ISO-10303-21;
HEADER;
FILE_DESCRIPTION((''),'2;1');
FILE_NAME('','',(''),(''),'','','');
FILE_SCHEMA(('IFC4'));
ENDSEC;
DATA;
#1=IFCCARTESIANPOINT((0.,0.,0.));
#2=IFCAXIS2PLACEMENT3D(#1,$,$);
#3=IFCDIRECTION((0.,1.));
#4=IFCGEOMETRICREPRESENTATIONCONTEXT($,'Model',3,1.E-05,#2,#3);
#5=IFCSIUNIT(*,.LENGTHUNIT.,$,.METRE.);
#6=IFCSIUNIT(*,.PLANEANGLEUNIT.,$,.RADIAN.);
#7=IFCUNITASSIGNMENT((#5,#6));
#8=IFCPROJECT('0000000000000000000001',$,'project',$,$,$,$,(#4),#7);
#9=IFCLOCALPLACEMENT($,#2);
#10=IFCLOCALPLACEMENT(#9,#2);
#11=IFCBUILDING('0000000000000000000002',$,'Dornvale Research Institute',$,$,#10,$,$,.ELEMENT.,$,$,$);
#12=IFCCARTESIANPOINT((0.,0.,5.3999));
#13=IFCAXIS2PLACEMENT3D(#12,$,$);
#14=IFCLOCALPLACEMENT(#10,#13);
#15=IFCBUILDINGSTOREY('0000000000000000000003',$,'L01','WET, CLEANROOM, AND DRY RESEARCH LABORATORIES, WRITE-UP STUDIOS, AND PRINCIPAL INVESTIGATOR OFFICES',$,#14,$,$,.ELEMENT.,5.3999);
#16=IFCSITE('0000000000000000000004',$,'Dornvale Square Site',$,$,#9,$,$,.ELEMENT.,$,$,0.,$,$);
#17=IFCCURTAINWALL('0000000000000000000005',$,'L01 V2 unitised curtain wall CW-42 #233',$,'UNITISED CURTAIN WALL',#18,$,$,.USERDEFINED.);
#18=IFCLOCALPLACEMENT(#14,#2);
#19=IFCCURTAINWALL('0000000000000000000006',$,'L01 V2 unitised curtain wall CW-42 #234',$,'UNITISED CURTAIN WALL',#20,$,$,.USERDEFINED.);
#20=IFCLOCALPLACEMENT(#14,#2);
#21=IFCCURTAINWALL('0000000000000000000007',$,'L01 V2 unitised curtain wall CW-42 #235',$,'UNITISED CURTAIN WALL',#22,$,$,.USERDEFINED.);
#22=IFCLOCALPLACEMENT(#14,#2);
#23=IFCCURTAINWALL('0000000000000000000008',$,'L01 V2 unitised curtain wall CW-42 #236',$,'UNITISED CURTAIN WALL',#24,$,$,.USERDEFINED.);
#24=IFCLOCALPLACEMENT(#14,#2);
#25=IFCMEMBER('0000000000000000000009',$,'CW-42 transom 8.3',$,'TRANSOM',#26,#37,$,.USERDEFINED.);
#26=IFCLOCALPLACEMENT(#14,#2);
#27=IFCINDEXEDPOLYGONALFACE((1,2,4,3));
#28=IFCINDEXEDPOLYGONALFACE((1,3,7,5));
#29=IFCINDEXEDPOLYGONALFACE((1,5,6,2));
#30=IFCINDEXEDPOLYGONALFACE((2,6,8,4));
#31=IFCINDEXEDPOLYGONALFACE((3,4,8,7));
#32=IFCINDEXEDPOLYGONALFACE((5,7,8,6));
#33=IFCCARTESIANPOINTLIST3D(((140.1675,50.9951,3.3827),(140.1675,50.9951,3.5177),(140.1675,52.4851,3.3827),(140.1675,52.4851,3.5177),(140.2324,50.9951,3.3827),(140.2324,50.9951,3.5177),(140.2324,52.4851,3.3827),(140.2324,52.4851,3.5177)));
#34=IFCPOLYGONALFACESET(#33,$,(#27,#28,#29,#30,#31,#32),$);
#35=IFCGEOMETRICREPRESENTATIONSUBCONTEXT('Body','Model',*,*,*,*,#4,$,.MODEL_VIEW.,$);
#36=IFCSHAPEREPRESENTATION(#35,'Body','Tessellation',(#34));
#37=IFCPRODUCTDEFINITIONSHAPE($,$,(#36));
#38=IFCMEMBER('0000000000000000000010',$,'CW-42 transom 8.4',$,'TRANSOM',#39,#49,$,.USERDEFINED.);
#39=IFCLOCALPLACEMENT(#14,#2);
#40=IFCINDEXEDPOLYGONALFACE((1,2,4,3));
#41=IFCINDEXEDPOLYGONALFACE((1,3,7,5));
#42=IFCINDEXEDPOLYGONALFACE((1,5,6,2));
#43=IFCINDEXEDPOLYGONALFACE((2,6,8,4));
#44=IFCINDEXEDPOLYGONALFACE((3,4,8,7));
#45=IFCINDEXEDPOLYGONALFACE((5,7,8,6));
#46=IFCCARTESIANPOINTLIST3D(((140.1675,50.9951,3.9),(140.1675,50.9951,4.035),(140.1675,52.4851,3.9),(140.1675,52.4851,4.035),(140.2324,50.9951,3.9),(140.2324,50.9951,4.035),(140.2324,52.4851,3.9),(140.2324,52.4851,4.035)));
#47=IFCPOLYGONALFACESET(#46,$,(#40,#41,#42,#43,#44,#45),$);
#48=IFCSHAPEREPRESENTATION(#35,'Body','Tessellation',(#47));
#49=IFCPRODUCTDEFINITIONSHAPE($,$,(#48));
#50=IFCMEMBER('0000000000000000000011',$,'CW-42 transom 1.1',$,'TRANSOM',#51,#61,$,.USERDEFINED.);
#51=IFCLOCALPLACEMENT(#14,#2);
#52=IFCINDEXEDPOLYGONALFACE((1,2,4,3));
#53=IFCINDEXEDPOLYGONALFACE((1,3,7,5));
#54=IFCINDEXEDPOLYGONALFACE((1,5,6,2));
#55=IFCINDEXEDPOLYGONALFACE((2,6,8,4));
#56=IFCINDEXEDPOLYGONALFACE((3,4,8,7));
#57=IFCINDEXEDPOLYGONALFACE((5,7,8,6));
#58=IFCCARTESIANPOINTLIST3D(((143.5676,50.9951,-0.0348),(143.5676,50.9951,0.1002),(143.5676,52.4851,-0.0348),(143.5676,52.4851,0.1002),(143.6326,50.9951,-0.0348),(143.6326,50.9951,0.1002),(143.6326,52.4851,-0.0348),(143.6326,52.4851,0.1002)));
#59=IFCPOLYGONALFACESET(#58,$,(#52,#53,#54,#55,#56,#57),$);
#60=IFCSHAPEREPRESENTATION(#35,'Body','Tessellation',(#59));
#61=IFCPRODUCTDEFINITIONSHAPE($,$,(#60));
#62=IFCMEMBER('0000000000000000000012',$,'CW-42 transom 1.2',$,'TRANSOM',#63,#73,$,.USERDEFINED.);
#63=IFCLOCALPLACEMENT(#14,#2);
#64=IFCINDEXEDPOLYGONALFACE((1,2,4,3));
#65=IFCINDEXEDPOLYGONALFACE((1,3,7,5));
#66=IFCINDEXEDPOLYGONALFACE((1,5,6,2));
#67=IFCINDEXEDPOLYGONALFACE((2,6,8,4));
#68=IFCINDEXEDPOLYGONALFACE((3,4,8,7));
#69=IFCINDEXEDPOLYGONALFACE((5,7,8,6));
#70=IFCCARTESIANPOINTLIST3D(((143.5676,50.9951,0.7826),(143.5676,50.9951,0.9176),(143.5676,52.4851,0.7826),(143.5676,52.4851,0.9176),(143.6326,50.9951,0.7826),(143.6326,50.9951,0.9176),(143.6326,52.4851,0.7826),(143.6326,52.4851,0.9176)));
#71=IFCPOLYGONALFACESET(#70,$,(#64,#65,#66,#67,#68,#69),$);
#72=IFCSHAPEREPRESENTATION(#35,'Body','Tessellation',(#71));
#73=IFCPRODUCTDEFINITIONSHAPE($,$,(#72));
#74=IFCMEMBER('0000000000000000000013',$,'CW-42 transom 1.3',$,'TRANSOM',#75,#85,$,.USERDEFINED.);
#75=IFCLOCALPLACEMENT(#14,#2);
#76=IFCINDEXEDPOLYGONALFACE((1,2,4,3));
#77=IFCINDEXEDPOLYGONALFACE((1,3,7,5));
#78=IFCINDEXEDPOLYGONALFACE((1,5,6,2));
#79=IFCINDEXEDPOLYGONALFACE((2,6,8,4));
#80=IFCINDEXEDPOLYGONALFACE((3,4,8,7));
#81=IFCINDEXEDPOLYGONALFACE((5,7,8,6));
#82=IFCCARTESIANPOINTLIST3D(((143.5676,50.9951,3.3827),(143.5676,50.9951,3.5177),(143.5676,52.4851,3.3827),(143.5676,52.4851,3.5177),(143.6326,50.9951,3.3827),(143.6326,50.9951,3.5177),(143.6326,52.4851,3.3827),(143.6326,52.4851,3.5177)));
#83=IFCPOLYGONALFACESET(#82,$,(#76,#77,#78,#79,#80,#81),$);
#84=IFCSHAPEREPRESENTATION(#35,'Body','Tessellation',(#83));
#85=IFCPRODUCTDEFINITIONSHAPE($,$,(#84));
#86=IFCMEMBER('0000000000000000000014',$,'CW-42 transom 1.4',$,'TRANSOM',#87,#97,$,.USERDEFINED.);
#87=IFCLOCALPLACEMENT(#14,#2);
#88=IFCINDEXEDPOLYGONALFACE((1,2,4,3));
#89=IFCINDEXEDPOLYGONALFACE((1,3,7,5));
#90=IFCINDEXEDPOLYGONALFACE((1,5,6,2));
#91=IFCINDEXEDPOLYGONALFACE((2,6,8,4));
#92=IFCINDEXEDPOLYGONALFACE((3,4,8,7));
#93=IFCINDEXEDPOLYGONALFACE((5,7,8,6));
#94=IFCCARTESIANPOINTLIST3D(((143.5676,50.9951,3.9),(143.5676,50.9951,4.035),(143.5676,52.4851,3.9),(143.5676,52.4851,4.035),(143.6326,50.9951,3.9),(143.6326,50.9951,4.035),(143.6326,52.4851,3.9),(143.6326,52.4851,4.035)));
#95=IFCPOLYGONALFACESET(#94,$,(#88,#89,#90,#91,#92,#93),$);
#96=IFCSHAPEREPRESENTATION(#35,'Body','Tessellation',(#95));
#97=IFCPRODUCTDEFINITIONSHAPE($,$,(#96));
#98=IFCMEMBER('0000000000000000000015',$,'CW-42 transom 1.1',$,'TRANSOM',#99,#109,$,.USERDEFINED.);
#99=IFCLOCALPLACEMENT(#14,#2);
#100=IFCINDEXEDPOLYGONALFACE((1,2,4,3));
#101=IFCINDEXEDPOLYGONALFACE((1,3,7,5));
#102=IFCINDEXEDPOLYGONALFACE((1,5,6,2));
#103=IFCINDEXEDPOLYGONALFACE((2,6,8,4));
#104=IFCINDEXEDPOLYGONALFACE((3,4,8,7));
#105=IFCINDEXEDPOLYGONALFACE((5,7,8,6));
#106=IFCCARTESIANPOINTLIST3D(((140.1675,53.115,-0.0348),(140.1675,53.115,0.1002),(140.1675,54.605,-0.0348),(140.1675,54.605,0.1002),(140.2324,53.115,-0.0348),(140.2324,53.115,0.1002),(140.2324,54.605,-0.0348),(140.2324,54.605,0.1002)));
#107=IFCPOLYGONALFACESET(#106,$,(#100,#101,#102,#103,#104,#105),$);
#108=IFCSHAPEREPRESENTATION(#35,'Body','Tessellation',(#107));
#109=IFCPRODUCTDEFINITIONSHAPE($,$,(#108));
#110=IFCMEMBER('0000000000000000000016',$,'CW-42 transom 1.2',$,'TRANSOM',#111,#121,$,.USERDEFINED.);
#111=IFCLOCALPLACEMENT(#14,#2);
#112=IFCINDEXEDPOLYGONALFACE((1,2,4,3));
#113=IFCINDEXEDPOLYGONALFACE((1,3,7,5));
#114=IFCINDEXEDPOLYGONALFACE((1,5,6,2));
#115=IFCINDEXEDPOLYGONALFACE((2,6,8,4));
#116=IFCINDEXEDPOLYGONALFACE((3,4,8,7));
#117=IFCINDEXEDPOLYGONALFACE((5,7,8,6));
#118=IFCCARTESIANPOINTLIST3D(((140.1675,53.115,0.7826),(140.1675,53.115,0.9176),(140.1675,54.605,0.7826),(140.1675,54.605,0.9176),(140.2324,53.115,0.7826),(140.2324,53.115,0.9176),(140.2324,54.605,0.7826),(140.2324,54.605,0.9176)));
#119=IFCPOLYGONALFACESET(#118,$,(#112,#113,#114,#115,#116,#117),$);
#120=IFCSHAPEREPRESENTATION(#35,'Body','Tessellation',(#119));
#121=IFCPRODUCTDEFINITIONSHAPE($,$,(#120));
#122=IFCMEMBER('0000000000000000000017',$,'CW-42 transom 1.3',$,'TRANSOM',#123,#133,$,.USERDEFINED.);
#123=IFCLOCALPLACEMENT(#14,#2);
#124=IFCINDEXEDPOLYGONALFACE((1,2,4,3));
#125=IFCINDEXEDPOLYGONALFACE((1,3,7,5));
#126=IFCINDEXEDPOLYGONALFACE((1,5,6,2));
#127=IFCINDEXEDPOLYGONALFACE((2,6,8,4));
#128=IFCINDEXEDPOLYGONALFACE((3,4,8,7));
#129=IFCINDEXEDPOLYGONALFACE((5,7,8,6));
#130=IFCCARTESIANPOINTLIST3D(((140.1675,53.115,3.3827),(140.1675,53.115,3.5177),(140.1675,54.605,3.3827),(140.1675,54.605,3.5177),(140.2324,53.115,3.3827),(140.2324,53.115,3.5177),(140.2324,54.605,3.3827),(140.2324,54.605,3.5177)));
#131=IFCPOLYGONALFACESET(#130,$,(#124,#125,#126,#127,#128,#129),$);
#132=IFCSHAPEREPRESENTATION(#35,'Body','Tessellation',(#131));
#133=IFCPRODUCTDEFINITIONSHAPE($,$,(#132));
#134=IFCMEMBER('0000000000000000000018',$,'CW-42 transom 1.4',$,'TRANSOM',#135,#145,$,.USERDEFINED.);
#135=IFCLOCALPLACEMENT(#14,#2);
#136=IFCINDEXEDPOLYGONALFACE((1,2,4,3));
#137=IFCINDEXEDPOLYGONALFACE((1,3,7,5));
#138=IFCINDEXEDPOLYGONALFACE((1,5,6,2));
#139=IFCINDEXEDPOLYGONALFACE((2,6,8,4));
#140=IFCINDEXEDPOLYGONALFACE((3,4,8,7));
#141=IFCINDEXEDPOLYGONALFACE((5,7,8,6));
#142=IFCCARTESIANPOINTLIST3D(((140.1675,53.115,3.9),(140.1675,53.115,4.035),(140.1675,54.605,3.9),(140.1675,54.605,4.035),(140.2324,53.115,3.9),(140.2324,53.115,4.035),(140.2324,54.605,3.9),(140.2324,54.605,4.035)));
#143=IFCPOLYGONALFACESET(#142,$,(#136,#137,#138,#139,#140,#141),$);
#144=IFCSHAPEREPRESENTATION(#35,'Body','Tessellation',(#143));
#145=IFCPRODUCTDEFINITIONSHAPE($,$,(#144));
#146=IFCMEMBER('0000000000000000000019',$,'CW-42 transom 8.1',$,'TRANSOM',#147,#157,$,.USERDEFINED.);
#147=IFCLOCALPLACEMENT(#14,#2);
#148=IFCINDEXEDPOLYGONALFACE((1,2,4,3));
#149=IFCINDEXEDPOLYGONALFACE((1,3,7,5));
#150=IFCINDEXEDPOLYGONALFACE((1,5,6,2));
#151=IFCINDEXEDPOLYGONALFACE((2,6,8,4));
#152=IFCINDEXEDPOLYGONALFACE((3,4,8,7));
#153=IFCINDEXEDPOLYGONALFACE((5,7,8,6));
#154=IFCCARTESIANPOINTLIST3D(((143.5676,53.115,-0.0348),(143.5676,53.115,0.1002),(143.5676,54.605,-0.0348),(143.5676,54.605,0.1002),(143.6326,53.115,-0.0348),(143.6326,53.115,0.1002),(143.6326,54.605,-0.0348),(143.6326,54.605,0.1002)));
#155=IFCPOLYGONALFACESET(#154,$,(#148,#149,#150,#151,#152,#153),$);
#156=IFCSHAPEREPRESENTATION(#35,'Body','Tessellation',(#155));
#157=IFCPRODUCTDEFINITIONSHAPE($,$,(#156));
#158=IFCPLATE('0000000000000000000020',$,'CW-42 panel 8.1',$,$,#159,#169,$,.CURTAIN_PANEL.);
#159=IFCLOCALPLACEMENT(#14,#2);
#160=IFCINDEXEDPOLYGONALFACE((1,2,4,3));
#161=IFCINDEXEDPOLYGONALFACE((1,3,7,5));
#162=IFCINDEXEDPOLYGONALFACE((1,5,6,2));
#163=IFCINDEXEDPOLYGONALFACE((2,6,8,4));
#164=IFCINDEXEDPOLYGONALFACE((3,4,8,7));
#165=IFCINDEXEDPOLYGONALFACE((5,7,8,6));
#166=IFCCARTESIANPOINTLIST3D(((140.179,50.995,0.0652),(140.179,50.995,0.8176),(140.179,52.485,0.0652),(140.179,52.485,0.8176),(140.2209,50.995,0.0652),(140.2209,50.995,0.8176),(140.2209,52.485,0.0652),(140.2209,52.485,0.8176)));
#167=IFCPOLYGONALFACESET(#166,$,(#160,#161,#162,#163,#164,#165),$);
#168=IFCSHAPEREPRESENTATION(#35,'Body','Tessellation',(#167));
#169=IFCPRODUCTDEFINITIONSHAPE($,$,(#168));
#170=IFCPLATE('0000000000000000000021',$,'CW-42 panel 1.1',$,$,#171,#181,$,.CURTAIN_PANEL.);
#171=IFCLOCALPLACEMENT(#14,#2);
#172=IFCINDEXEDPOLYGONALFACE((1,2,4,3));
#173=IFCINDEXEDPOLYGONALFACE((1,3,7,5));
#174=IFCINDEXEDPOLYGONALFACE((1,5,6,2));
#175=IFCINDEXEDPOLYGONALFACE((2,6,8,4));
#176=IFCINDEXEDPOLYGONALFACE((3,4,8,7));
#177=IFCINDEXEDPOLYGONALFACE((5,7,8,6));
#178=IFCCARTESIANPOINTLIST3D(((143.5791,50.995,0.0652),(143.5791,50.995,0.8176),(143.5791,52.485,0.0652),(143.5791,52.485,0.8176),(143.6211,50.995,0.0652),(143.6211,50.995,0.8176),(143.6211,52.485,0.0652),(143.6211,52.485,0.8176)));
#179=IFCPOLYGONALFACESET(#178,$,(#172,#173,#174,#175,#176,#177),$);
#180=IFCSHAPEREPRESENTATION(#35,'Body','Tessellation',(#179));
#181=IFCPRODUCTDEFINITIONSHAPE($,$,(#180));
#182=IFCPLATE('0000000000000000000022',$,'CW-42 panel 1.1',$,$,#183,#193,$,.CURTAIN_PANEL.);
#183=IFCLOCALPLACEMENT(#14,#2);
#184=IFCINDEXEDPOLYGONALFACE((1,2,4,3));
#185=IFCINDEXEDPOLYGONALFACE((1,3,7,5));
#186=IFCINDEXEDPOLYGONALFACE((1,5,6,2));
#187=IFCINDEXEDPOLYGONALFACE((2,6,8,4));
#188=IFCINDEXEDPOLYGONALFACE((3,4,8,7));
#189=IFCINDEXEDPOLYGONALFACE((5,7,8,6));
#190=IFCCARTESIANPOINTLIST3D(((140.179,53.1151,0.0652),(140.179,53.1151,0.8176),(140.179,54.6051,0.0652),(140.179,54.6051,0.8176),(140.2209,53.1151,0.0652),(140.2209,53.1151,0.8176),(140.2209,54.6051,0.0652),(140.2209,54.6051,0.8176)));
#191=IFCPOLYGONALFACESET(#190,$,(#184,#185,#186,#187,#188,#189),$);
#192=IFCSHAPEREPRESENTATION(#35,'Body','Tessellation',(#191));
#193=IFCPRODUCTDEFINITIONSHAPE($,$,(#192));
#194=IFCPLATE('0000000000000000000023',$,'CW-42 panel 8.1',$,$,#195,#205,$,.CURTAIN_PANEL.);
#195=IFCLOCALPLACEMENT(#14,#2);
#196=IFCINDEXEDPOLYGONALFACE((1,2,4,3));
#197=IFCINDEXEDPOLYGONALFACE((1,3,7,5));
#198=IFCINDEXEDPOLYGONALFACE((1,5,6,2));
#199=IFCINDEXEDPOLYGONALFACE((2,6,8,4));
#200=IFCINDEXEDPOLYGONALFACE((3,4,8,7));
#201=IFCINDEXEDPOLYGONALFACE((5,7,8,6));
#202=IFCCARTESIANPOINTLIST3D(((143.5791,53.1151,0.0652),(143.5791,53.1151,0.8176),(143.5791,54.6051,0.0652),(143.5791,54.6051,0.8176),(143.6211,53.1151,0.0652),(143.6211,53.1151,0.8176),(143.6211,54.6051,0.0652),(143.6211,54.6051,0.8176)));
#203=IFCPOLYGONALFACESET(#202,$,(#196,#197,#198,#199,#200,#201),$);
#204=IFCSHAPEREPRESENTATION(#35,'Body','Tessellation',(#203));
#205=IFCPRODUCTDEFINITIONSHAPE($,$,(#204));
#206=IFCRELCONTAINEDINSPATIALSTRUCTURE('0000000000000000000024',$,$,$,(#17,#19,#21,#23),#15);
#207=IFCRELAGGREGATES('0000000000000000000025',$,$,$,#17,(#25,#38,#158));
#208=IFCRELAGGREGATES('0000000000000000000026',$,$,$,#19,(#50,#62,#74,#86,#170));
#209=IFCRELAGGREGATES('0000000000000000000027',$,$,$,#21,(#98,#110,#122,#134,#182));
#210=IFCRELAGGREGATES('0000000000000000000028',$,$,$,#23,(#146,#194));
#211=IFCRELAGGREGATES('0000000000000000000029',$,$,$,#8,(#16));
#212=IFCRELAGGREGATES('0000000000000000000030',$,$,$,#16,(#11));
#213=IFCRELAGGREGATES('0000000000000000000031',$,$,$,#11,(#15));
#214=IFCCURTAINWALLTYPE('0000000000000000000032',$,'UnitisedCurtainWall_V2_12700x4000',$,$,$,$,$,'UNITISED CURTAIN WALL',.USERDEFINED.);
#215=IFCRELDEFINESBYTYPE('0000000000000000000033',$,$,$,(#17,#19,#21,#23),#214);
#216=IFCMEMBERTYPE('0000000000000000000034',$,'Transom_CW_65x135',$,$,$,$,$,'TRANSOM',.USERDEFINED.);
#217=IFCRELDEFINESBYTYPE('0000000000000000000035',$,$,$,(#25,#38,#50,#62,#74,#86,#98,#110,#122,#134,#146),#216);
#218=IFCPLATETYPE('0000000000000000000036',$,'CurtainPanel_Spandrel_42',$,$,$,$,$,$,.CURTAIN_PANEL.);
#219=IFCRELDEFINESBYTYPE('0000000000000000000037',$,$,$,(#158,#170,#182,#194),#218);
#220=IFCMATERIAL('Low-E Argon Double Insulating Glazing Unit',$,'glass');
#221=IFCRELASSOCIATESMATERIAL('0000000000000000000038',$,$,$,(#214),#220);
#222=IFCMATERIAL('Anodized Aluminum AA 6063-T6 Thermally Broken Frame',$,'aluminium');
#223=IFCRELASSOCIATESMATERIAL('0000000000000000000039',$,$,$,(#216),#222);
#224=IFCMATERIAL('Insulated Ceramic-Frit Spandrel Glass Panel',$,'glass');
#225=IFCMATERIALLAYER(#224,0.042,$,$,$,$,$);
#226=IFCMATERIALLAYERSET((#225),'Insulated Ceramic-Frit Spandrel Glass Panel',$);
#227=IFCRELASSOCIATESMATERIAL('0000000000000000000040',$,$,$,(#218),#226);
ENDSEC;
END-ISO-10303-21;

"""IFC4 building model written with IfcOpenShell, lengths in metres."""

from ifc_helpers import new_model, si_unit, direction, frame, origin, origin_2d, place, context, subcontext, project, spatial, rectangle, extrude, material, layer, layer_set, material_profile, profile_set, type_object, element, aggregate, save


model = new_model("IFC4")

# Units and contexts
model_context = context("Model", 3, precision=1e-05, world=origin(), true_north=direction((0.0, 1.0)))
body_context = subcontext(model_context, "Body", "Model", "MODEL_VIEW")
ifc_project = project(units=[si_unit("LENGTHUNIT", "METRE"), si_unit("PLANEANGLEUNIT", "RADIAN")], contexts=[model_context])

# Site, building, storey
site_placement = place(None, origin())
site = spatial("IfcSite", under=ifc_project, at=site_placement, Name="Dornvale Square Site", CompositionType="ELEMENT", RefElevation=0.0)
building_placement = place(site_placement, origin())
building = spatial("IfcBuilding", under=site, at=building_placement, Name="Dornvale Research Institute", CompositionType="ELEMENT")
storey_placement = place(building_placement, frame((0.0, 0.0, 5.3999)))
storey = spatial("IfcBuildingStorey", under=building, at=storey_placement, Name="L01", Description="WET, CLEANROOM, AND DRY RESEARCH LABORATORIES, WRITE-UP STUDIOS, AND PRINCIPAL INVESTIGATOR OFFICES", CompositionType="ELEMENT", Elevation=5.3999)

# Curtain walls
ifc_material_1 = material(Name="Low-E Argon Double Insulating Glazing Unit", Category="glass")
curtain_wall_type = type_object("IfcCurtainWallType", Name="UnitisedCurtainWall_V2_12700x4000", ElementType="UNITISED CURTAIN WALL", PredefinedType="USERDEFINED", material=ifc_material_1)
curtain_wall_1_placement = place(storey_placement, origin())
curtain_wall_1 = element("IfcCurtainWall", 1, at=curtain_wall_1_placement, inside=storey, type_object=curtain_wall_type, Name="L01 V2 unitised curtain wall CW-42 #233", ObjectType="UNITISED CURTAIN WALL", PredefinedType="USERDEFINED")
curtain_wall_2_placement = place(storey_placement, origin())
curtain_wall_2 = element("IfcCurtainWall", 2, at=curtain_wall_2_placement, inside=storey, type_object=curtain_wall_type, Name="L01 V2 unitised curtain wall CW-42 #234", ObjectType="UNITISED CURTAIN WALL", PredefinedType="USERDEFINED")
curtain_wall_3_placement = place(storey_placement, origin())
curtain_wall_3 = element("IfcCurtainWall", 3, at=curtain_wall_3_placement, inside=storey, type_object=curtain_wall_type, Name="L01 V2 unitised curtain wall CW-42 #235", ObjectType="UNITISED CURTAIN WALL", PredefinedType="USERDEFINED")
curtain_wall_4_placement = place(storey_placement, origin())
curtain_wall_4 = element("IfcCurtainWall", 4, at=curtain_wall_4_placement, inside=storey, type_object=curtain_wall_type, Name="L01 V2 unitised curtain wall CW-42 #236", ObjectType="UNITISED CURTAIN WALL", PredefinedType="USERDEFINED")

# Members
ifc_material_2 = material(Name="Anodized Aluminum AA 6063-T6 Thermally Broken Frame", Category="aluminium")
ifc_material_profile_1 = material_profile(ifc_material_2, rectangle(XDim=0.0649, YDim=0.135, at=origin_2d()), Name="ALU TRANSOM 65x135")
ifc_profile_set_1 = profile_set([ifc_material_profile_1], Name="Anodized Aluminum AA 6063-T6 Thermally Broken Frame")
member_type_1 = type_object("IfcMemberType", Name="Transom_CW_65x135", ElementType="TRANSOM", PredefinedType="USERDEFINED", material=ifc_profile_set_1)
member_1_placement = place(storey_placement, frame((140.2, 50.9951, 3.4502), z_axis=(0.0, 1.0, 0.0), x_axis=(-1.0, 0.0, 0.0)))
member_1 = element("IfcMember", 5, at=member_1_placement, type_object=member_type_1, Name="CW-42 transom 8.3", ObjectType="TRANSOM", PredefinedType="USERDEFINED", context=body_context, shape_type="SweptSolid", body=[
    extrude(rectangle(XDim=0.0649, YDim=0.135, at=origin_2d()), origin(), (0.0, 0.0, 1.0), 1.49),
])
member_2_placement = place(storey_placement, frame((140.2, 50.9951, 3.9675), z_axis=(0.0, 1.0, 0.0), x_axis=(-1.0, 0.0, 0.0)))
member_2 = element("IfcMember", 6, at=member_2_placement, type_object=member_type_1, Name="CW-42 transom 8.4", ObjectType="TRANSOM", PredefinedType="USERDEFINED", context=body_context, shape_type="SweptSolid", body=[
    extrude(rectangle(XDim=0.0649, YDim=0.135, at=origin_2d()), origin(), (0.0, 0.0, 1.0), 1.49),
])
member_3_placement = place(storey_placement, frame((143.6001, 52.4851, 0.0327), z_axis=(0.0, -1.0, 0.0), x_axis=(1.0, 0.0, 0.0)))
member_3 = element("IfcMember", 7, at=member_3_placement, type_object=member_type_1, Name="CW-42 transom 1.1", ObjectType="TRANSOM", PredefinedType="USERDEFINED", context=body_context, shape_type="SweptSolid", body=[
    extrude(rectangle(XDim=0.0649, YDim=0.135, at=origin_2d()), origin(), (0.0, 0.0, 1.0), 1.49),
])
member_4_placement = place(storey_placement, frame((143.6001, 52.4851, 0.8501), z_axis=(0.0, -1.0, 0.0), x_axis=(1.0, 0.0, 0.0)))
member_4 = element("IfcMember", 8, at=member_4_placement, type_object=member_type_1, Name="CW-42 transom 1.2", ObjectType="TRANSOM", PredefinedType="USERDEFINED", context=body_context, shape_type="SweptSolid", body=[
    extrude(rectangle(XDim=0.0649, YDim=0.135, at=origin_2d()), origin(), (0.0, 0.0, 1.0), 1.49),
])
member_5_placement = place(storey_placement, frame((143.6001, 52.4851, 3.4502), z_axis=(0.0, -1.0, 0.0), x_axis=(1.0, 0.0, 0.0)))
member_5 = element("IfcMember", 9, at=member_5_placement, type_object=member_type_1, Name="CW-42 transom 1.3", ObjectType="TRANSOM", PredefinedType="USERDEFINED", context=body_context, shape_type="SweptSolid", body=[
    extrude(rectangle(XDim=0.0649, YDim=0.135, at=origin_2d()), origin(), (0.0, 0.0, 1.0), 1.49),
])
member_6_placement = place(storey_placement, frame((143.6001, 52.4851, 3.9675), z_axis=(0.0, -1.0, 0.0), x_axis=(1.0, 0.0, 0.0)))
member_6 = element("IfcMember", 10, at=member_6_placement, type_object=member_type_1, Name="CW-42 transom 1.4", ObjectType="TRANSOM", PredefinedType="USERDEFINED", context=body_context, shape_type="SweptSolid", body=[
    extrude(rectangle(XDim=0.0649, YDim=0.135, at=origin_2d()), origin(), (0.0, 0.0, 1.0), 1.49),
])
member_7_placement = place(storey_placement, frame((140.2, 53.115, 0.0327), z_axis=(0.0, 1.0, 0.0), x_axis=(-1.0, 0.0, 0.0)))
member_7 = element("IfcMember", 11, at=member_7_placement, type_object=member_type_1, Name="CW-42 transom 1.1", ObjectType="TRANSOM", PredefinedType="USERDEFINED", context=body_context, shape_type="SweptSolid", body=[
    extrude(rectangle(XDim=0.0649, YDim=0.135, at=origin_2d()), origin(), (0.0, 0.0, 1.0), 1.49),
])
member_8_placement = place(storey_placement, frame((140.2, 53.115, 0.8501), z_axis=(0.0, 1.0, 0.0), x_axis=(-1.0, 0.0, 0.0)))
member_8 = element("IfcMember", 12, at=member_8_placement, type_object=member_type_1, Name="CW-42 transom 1.2", ObjectType="TRANSOM", PredefinedType="USERDEFINED", context=body_context, shape_type="SweptSolid", body=[
    extrude(rectangle(XDim=0.0649, YDim=0.135, at=origin_2d()), origin(), (0.0, 0.0, 1.0), 1.49),
])
member_9_placement = place(storey_placement, frame((140.2, 53.115, 3.4502), z_axis=(0.0, 1.0, 0.0), x_axis=(-1.0, 0.0, 0.0)))
member_9 = element("IfcMember", 13, at=member_9_placement, type_object=member_type_1, Name="CW-42 transom 1.3", ObjectType="TRANSOM", PredefinedType="USERDEFINED", context=body_context, shape_type="SweptSolid", body=[
    extrude(rectangle(XDim=0.0649, YDim=0.135, at=origin_2d()), origin(), (0.0, 0.0, 1.0), 1.49),
])
member_10_placement = place(storey_placement, frame((140.2, 53.115, 3.9675), z_axis=(0.0, 1.0, 0.0), x_axis=(-1.0, 0.0, 0.0)))
member_10 = element("IfcMember", 14, at=member_10_placement, type_object=member_type_1, Name="CW-42 transom 1.4", ObjectType="TRANSOM", PredefinedType="USERDEFINED", context=body_context, shape_type="SweptSolid", body=[
    extrude(rectangle(XDim=0.0649, YDim=0.135, at=origin_2d()), origin(), (0.0, 0.0, 1.0), 1.49),
])
member_11_placement = place(storey_placement, frame((143.6001, 54.605, 0.0327), z_axis=(0.0, -1.0, 0.0), x_axis=(1.0, 0.0, 0.0)))
member_11 = element("IfcMember", 15, at=member_11_placement, type_object=member_type_1, Name="CW-42 transom 8.1", ObjectType="TRANSOM", PredefinedType="USERDEFINED", context=body_context, shape_type="SweptSolid", body=[
    extrude(rectangle(XDim=0.0649, YDim=0.135, at=origin_2d()), origin(), (0.0, 0.0, 1.0), 1.49),
])

# Plates
ifc_material_3 = material(Name="Insulated Ceramic-Frit Spandrel Glass Panel", Category="glass")
ifc_layer_1 = layer(ifc_material_3, 0.042)
ifc_layer_set_1 = layer_set([ifc_layer_1], Name="Insulated Ceramic-Frit Spandrel Glass Panel")
plate_type_1 = type_object("IfcPlateType", Name="CurtainPanel_Spandrel_42", PredefinedType="CURTAIN_PANEL", material=ifc_layer_set_1)
plate_1_placement = place(storey_placement, frame((140.2, 51.74, 0.0652), z_axis=(0.0, 0.0, 1.0), x_axis=(0.0, 1.0, 0.0)))
plate_1 = element("IfcPlate", 16, at=plate_1_placement, type_object=plate_type_1, Name="CW-42 panel 8.1", PredefinedType="CURTAIN_PANEL", context=body_context, shape_type="SweptSolid", body=[
    extrude(rectangle(XDim=1.49, YDim=0.042, at=origin_2d()), origin(), (0.0, 0.0, 1.0), 0.7524),
])
plate_2_placement = place(storey_placement, frame((143.6001, 51.74, 0.0652), z_axis=(0.0, 0.0, 1.0), x_axis=(0.0, -1.0, 0.0)))
plate_2 = element("IfcPlate", 17, at=plate_2_placement, type_object=plate_type_1, Name="CW-42 panel 1.1", PredefinedType="CURTAIN_PANEL", context=body_context, shape_type="SweptSolid", body=[
    extrude(rectangle(XDim=1.49, YDim=0.042, at=origin_2d()), origin(), (0.0, 0.0, 1.0), 0.7524),
])
plate_3_placement = place(storey_placement, frame((140.2, 53.8601, 0.0652), z_axis=(0.0, 0.0, 1.0), x_axis=(0.0, 1.0, 0.0)))
plate_3 = element("IfcPlate", 18, at=plate_3_placement, type_object=plate_type_1, Name="CW-42 panel 1.1", PredefinedType="CURTAIN_PANEL", context=body_context, shape_type="SweptSolid", body=[
    extrude(rectangle(XDim=1.49, YDim=0.042, at=origin_2d()), origin(), (0.0, 0.0, 1.0), 0.7524),
])
plate_4_placement = place(storey_placement, frame((143.6001, 53.8601, 0.0652), z_axis=(0.0, 0.0, 1.0), x_axis=(0.0, -1.0, 0.0)))
plate_4 = element("IfcPlate", 19, at=plate_4_placement, type_object=plate_type_1, Name="CW-42 panel 8.1", PredefinedType="CURTAIN_PANEL", context=body_context, shape_type="SweptSolid", body=[
    extrude(rectangle(XDim=1.49, YDim=0.042, at=origin_2d()), origin(), (0.0, 0.0, 1.0), 0.7524),
])
aggregate(curtain_wall_1, [member_1, member_2, plate_1])
aggregate(curtain_wall_2, [member_3, member_4, member_5, member_6, plate_2])
aggregate(curtain_wall_3, [member_7, member_8, member_9, member_10, plate_3])
aggregate(curtain_wall_4, [member_11, plate_4])

save(model, "model.ifc")
